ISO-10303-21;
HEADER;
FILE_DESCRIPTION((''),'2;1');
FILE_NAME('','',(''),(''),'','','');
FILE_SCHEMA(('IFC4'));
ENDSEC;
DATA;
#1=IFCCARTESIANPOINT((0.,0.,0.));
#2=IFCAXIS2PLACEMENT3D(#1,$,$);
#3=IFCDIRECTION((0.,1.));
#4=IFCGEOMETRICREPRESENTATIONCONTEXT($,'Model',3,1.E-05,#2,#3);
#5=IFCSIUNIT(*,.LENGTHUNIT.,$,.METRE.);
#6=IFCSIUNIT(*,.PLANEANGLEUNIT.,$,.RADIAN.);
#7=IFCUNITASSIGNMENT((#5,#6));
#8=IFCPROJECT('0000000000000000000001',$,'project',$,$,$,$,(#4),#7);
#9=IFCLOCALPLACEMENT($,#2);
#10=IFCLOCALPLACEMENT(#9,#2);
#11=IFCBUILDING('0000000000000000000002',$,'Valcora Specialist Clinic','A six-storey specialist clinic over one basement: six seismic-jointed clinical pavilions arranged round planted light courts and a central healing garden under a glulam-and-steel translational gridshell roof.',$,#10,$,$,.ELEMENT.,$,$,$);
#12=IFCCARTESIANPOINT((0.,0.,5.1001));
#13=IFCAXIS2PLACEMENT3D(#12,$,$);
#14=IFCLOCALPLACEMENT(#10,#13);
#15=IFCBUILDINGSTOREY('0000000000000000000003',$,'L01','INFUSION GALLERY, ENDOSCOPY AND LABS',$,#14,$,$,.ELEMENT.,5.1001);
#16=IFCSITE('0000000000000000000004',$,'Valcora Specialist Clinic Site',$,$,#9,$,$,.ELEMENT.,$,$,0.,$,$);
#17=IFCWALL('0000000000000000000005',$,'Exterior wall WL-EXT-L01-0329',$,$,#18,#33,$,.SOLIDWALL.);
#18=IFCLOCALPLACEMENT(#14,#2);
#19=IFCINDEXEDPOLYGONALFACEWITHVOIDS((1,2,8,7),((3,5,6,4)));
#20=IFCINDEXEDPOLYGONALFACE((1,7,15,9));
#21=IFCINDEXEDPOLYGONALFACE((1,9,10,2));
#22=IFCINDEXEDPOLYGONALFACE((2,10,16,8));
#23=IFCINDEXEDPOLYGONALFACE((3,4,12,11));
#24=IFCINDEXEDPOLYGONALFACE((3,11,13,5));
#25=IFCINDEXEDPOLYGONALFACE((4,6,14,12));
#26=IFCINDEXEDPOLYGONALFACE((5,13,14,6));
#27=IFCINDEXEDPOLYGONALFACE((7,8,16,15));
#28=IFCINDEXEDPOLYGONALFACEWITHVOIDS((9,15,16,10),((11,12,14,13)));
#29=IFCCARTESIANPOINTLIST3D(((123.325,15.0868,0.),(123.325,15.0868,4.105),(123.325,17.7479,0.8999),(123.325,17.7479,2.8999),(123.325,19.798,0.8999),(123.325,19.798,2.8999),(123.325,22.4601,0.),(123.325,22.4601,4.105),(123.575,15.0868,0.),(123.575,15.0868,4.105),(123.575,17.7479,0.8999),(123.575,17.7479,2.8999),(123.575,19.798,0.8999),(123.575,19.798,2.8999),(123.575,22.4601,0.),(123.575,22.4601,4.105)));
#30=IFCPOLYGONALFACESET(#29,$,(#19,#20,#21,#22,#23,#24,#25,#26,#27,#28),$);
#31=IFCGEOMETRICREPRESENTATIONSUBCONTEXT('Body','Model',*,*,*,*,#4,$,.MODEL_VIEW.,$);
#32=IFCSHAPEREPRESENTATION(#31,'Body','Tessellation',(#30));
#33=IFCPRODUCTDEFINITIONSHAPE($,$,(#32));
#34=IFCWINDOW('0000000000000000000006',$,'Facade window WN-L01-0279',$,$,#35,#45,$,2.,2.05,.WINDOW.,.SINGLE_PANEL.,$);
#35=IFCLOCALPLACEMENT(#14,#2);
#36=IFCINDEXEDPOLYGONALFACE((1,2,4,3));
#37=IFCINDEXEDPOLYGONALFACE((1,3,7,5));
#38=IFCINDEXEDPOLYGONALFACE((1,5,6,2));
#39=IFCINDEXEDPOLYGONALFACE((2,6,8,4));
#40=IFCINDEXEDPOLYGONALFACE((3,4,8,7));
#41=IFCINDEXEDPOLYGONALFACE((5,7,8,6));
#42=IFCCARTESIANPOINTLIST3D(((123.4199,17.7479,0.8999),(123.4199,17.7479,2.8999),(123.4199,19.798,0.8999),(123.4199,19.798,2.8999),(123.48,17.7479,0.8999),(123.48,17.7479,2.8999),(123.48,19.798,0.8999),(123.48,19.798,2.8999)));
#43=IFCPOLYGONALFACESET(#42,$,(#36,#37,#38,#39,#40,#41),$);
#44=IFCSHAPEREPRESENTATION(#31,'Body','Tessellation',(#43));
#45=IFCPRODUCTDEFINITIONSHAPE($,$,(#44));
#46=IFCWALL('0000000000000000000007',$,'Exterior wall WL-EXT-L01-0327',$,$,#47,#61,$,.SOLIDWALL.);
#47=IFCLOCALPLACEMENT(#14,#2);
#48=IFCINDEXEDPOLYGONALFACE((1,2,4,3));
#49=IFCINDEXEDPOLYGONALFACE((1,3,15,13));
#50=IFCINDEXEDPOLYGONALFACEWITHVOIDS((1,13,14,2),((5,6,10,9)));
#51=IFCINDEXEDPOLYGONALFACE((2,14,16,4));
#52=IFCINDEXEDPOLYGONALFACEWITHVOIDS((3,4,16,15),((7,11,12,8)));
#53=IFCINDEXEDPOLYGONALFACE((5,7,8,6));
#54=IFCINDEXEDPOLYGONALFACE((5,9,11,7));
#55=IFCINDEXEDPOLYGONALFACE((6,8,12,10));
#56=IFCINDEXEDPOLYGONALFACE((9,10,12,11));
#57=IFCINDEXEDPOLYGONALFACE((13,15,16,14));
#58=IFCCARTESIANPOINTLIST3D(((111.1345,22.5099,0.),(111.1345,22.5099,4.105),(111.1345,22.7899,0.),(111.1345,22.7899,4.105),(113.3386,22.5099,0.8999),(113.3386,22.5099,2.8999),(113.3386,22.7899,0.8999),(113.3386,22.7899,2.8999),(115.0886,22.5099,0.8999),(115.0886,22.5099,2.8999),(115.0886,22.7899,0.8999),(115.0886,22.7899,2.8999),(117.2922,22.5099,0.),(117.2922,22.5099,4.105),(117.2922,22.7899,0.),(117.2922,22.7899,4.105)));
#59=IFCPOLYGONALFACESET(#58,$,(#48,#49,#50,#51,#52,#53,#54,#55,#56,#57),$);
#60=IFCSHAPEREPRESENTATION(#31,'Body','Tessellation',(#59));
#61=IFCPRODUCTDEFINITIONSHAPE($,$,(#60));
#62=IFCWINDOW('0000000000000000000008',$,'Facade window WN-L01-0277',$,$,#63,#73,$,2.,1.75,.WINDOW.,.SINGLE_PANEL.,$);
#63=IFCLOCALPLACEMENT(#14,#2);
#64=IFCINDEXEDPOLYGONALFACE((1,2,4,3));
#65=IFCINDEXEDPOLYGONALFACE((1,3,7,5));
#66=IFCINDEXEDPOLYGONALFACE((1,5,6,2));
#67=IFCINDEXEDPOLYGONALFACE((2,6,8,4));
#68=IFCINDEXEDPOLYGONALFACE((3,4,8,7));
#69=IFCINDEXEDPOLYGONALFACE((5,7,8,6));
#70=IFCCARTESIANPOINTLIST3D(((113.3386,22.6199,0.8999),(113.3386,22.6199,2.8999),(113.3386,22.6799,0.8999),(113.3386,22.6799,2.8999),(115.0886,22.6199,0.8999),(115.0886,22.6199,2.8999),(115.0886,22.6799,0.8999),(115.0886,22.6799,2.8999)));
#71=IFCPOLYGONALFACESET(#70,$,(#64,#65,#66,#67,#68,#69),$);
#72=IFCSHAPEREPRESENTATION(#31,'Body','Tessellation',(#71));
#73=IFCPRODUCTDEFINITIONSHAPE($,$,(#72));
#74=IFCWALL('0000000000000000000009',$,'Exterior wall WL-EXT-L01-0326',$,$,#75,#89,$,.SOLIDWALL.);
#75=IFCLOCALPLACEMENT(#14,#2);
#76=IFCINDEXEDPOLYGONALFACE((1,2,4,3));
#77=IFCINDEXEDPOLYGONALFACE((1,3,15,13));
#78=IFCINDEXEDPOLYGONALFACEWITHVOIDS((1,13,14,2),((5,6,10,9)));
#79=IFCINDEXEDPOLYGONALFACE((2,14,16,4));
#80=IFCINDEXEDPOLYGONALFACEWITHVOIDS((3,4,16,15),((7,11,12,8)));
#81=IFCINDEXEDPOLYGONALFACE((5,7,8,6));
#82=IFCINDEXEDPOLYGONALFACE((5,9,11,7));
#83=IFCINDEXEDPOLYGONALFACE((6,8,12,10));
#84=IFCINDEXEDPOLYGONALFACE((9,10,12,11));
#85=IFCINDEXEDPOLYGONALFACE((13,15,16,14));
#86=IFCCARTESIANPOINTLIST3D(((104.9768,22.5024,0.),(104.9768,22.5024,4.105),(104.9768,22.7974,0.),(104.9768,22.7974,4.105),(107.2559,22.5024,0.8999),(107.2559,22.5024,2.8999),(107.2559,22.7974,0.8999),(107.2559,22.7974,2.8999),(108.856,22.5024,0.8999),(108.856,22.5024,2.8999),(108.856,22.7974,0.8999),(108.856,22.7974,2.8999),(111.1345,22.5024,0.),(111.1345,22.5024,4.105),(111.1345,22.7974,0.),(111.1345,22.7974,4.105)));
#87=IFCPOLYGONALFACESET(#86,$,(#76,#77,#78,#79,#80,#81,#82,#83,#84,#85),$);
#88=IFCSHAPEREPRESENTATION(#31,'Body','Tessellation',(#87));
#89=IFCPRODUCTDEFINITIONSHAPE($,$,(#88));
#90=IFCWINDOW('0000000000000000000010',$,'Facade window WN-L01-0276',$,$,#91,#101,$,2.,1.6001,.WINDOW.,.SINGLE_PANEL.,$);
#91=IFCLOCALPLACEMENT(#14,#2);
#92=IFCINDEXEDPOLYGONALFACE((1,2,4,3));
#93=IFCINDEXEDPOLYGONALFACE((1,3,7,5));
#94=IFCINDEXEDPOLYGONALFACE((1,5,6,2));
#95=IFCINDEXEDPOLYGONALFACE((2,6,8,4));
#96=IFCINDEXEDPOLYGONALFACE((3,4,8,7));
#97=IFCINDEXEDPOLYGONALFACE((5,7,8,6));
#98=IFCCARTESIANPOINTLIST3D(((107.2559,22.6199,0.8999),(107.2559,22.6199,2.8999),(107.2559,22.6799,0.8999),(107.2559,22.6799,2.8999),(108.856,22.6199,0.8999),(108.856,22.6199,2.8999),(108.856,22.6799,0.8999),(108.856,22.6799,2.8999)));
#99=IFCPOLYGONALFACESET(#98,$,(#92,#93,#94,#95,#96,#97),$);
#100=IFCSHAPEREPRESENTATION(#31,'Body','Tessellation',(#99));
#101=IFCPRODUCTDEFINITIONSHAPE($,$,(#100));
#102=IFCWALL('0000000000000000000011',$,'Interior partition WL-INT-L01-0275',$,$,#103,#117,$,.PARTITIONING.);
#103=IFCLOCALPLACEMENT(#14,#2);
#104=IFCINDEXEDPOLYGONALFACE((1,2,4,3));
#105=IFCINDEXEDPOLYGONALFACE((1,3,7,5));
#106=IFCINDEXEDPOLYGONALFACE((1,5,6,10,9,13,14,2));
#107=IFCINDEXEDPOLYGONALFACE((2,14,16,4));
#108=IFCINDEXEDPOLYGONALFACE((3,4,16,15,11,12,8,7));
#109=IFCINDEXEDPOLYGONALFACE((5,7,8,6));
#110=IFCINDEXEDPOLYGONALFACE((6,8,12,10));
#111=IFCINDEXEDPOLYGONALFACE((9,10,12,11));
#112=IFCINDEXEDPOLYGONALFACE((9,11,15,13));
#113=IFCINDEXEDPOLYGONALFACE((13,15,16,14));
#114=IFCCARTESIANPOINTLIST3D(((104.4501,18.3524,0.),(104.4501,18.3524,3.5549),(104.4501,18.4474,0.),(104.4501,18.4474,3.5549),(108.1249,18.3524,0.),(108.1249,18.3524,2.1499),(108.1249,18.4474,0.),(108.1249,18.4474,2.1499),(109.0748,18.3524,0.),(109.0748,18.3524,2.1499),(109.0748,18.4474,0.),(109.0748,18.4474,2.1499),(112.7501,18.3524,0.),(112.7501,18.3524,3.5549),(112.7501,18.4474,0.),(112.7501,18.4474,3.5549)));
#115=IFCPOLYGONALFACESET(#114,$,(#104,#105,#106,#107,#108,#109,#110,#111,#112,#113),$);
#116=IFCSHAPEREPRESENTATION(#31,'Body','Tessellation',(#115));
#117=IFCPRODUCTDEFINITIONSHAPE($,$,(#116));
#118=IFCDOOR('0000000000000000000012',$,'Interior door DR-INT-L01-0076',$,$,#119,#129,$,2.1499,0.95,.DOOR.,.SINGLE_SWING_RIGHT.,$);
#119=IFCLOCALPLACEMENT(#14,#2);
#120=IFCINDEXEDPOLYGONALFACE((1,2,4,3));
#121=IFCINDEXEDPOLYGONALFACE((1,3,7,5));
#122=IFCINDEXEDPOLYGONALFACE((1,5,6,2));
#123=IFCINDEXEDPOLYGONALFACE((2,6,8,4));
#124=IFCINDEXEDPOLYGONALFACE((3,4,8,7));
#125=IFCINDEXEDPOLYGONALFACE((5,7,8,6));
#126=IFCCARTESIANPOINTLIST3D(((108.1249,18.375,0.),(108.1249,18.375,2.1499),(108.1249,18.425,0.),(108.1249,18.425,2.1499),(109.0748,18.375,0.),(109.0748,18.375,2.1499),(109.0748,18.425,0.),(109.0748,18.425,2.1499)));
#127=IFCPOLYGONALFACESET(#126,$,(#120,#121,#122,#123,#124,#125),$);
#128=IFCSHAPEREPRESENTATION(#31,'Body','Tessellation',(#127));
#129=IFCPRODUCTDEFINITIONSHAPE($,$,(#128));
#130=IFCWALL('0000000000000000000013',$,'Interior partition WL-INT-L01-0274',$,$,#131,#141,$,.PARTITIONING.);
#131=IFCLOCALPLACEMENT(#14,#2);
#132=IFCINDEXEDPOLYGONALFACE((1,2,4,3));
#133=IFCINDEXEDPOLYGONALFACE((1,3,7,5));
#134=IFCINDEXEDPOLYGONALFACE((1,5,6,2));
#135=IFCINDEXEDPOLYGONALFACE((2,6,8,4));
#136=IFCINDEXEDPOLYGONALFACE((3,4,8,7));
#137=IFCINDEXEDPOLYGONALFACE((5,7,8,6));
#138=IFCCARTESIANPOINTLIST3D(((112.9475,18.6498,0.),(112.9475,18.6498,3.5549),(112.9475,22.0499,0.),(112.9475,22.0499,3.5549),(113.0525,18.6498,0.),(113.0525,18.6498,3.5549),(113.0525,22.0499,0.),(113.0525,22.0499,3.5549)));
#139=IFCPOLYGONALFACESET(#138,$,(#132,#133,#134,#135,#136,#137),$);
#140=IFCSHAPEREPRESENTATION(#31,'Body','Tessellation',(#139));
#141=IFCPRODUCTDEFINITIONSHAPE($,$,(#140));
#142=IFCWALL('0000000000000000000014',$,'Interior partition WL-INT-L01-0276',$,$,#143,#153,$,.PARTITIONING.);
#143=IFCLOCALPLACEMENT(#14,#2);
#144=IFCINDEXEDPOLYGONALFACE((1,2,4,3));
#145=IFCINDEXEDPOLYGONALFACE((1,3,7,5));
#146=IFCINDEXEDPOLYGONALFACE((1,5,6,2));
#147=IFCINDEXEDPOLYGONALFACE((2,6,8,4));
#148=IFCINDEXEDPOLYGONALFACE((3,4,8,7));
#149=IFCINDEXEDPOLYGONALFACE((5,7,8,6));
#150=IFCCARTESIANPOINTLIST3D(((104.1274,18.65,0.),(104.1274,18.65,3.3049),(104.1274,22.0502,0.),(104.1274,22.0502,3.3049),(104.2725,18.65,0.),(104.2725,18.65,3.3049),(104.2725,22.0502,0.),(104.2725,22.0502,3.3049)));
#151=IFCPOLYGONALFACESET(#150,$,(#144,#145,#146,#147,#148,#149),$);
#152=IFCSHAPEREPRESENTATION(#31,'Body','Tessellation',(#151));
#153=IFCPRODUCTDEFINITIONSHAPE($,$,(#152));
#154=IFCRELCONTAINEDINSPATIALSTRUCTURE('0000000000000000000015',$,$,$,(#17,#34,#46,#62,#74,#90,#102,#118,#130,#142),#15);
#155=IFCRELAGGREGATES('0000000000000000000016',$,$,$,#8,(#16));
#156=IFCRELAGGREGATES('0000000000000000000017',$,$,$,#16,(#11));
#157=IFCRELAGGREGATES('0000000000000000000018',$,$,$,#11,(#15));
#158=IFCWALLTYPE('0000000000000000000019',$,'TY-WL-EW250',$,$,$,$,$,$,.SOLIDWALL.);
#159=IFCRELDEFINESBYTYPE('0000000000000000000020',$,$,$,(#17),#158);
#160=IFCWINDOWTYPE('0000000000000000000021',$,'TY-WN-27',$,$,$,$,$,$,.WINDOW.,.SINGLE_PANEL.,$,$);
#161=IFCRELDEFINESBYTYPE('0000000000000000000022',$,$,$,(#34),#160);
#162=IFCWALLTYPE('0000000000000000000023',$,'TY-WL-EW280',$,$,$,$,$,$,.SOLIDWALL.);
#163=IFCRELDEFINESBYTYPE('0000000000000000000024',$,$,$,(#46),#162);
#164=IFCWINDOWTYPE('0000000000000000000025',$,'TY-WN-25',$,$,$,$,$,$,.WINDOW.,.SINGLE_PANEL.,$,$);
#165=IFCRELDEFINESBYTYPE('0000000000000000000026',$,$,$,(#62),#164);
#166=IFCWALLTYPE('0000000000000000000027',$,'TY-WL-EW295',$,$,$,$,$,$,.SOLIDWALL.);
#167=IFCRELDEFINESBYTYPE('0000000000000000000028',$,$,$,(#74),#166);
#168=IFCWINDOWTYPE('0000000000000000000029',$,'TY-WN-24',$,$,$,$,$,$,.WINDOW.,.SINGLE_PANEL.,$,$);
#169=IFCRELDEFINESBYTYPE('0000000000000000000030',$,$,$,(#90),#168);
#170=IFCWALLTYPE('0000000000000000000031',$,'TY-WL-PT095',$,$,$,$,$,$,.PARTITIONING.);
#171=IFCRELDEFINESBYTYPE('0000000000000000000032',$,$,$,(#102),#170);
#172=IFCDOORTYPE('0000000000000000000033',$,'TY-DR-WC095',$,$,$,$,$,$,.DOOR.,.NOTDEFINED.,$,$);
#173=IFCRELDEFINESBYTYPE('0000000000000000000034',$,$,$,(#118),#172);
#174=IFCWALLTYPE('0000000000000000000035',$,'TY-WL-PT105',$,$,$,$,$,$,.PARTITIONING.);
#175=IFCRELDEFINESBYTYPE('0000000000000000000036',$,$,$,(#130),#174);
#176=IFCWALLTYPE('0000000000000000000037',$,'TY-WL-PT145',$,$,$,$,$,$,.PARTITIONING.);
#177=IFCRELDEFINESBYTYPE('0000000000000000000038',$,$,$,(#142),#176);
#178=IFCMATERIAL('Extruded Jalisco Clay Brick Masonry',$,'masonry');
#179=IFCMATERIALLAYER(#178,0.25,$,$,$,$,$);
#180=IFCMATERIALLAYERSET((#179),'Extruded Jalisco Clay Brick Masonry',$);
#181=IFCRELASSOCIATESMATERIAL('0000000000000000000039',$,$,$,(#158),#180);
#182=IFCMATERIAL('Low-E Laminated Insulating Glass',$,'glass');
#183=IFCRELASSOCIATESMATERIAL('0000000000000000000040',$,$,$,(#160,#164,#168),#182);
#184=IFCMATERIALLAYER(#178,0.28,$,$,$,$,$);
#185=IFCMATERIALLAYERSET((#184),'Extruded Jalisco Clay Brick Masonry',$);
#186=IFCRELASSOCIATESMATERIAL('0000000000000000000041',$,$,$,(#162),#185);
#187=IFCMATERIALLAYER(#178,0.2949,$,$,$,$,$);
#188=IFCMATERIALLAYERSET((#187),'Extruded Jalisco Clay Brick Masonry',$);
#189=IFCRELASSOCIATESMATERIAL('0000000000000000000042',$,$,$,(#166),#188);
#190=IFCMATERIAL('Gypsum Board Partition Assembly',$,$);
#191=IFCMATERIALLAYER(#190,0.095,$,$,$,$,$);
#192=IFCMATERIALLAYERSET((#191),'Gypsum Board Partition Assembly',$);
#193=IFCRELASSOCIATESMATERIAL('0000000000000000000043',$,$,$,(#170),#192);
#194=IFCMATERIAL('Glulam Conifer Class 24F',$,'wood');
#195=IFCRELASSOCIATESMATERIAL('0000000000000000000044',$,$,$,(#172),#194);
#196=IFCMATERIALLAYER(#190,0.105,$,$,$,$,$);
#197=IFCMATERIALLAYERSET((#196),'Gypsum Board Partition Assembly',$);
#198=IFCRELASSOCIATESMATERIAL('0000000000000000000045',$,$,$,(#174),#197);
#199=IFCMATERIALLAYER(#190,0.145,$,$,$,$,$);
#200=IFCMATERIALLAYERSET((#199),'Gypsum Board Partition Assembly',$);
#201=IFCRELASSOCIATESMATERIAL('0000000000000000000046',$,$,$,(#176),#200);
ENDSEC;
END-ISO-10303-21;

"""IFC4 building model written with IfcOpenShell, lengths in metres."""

from ifc_helpers import new_model, si_unit, direction, frame, frame_2d, origin, place, context, subcontext, project, spatial, rectangle, extrude, material, layer, layer_set, type_object, element, fill, save


model = new_model("IFC4")

# Units and contexts
model_context = context("Model", 3, precision=1e-05, world=origin(), true_north=direction((0.0, 1.0)))
body_context = subcontext(model_context, "Body", "Model", "MODEL_VIEW")
ifc_project = project(units=[si_unit("LENGTHUNIT", "METRE"), si_unit("PLANEANGLEUNIT", "RADIAN")], contexts=[model_context])

# Site, building, storey
site_placement = place(None, origin())
site = spatial("IfcSite", under=ifc_project, at=site_placement, Name="Valcora Specialist Clinic Site", CompositionType="ELEMENT", RefElevation=0.0)
building_placement = place(site_placement, origin())
building = spatial("IfcBuilding", under=site, at=building_placement, Name="Valcora Specialist Clinic", Description="A six-storey specialist clinic over one basement: six seismic-jointed clinical pavilions arranged round planted light courts and a central healing garden under a glulam-and-steel translational gridshell roof.", CompositionType="ELEMENT")
storey_placement = place(building_placement, frame((0.0, 0.0, 5.1001)))
storey = spatial("IfcBuildingStorey", under=building, at=storey_placement, Name="L01", Description="INFUSION GALLERY, ENDOSCOPY AND LABS", CompositionType="ELEMENT", Elevation=5.1001)

# Walls, openings, windows
ifc_material_1 = material(Name="Extruded Jalisco Clay Brick Masonry", Category="masonry")
ifc_layer_1 = layer(ifc_material_1, 0.25)
ifc_layer_set_1 = layer_set([ifc_layer_1], Name="Extruded Jalisco Clay Brick Masonry")
wall_type_1 = type_object("IfcWallType", Name="TY-WL-EW250", PredefinedType="SOLIDWALL", material=ifc_layer_set_1)
wall_1_placement = place(storey_placement, frame((123.45, 22.46, 0.0), z_axis=(0.0, 0.0, 1.0), x_axis=(0.0, -1.0, 0.0)))
wall_1 = element("IfcWall", 1, at=wall_1_placement, inside=storey, type_object=wall_type_1, Name="Exterior wall WL-EXT-L01-0329", PredefinedType="SOLIDWALL", context=body_context, shape_type="SweptSolid", body=[
    extrude(rectangle(XDim=7.3733, YDim=0.25, at=frame_2d((3.6865, 0.0))), origin(), (0.0, 0.0, 1.0), 4.105),
])
opening_1_placement = place(wall_1_placement, frame((2.6621, 0.0, 0.8999)))
opening_1 = element("IfcOpeningElement", 2, at=opening_1_placement, cuts=wall_1, PredefinedType="OPENING", context=body_context, shape_type="SweptSolid", body=[
    extrude(rectangle(XDim=2.05, YDim=2.0, at=frame_2d((1.0249, 1.0))), frame((0.0, 0.135, 0.0), z_axis=(0.0, -1.0, 0.0), x_axis=(1.0, 0.0, 0.0)), (0.0, 0.0, 1.0), 0.27),
])
ifc_material_2 = material(Name="Low-E Laminated Insulating Glass", Category="glass")
window_type_1 = type_object("IfcWindowType", Name="TY-WN-27", PartitioningType="SINGLE_PANEL", PredefinedType="WINDOW", material=ifc_material_2)
window_1_placement = place(opening_1_placement, origin())
window_1 = element("IfcWindow", 3, at=window_1_placement, inside=storey, type_object=window_type_1, Name="Facade window WN-L01-0279", OverallHeight=2.0, OverallWidth=2.05, PartitioningType="SINGLE_PANEL", PredefinedType="WINDOW", context=body_context, shape_type="SweptSolid", body=[
    extrude(rectangle(XDim=2.05, YDim=2.0, at=frame_2d((1.0249, 1.0))), frame((0.0, 0.03, 0.0), z_axis=(0.0, -1.0, 0.0), x_axis=(1.0, 0.0, 0.0)), (0.0, 0.0, 1.0), 0.0601),
])
fill(opening_1, window_1)
ifc_layer_2 = layer(ifc_material_1, 0.28)
ifc_layer_set_2 = layer_set([ifc_layer_2], Name="Extruded Jalisco Clay Brick Masonry")
wall_type_2 = type_object("IfcWallType", Name="TY-WL-EW280", PredefinedType="SOLIDWALL", material=ifc_layer_set_2)
wall_2_placement = place(storey_placement, frame((111.1345, 22.6499, 0.0), z_axis=(0.0, 0.0, 1.0), x_axis=(1.0, 0.0, 0.0)))
wall_2 = element("IfcWall", 4, at=wall_2_placement, inside=storey, type_object=wall_type_2, Name="Exterior wall WL-EXT-L01-0327", PredefinedType="SOLIDWALL", context=body_context, shape_type="SweptSolid", body=[
    extrude(rectangle(XDim=6.1577, YDim=0.28, at=frame_2d((3.0789, 0.0))), origin(), (0.0, 0.0, 1.0), 4.105),
])
opening_2_placement = place(wall_2_placement, frame((2.2041, 0.0, 0.8999)))
opening_2 = element("IfcOpeningElement", 5, at=opening_2_placement, cuts=wall_2, PredefinedType="OPENING", context=body_context, shape_type="SweptSolid", body=[
    extrude(rectangle(XDim=1.75, YDim=2.0, at=frame_2d((0.875, 1.0))), frame((0.0, 0.1499, 0.0), z_axis=(0.0, -1.0, 0.0), x_axis=(1.0, 0.0, 0.0)), (0.0, 0.0, 1.0), 0.3),
])
window_type_2 = type_object("IfcWindowType", Name="TY-WN-25", PartitioningType="SINGLE_PANEL", PredefinedType="WINDOW", material=ifc_material_2)
window_2_placement = place(opening_2_placement, origin())
window_2 = element("IfcWindow", 6, at=window_2_placement, inside=storey, type_object=window_type_2, Name="Facade window WN-L01-0277", OverallHeight=2.0, OverallWidth=1.75, PartitioningType="SINGLE_PANEL", PredefinedType="WINDOW", context=body_context, shape_type="SweptSolid", body=[
    extrude(rectangle(XDim=1.75, YDim=2.0, at=frame_2d((0.875, 1.0))), frame((0.0, 0.03, 0.0), z_axis=(0.0, -1.0, 0.0), x_axis=(1.0, 0.0, 0.0)), (0.0, 0.0, 1.0), 0.0601),
])
fill(opening_2, window_2)
ifc_layer_3 = layer(ifc_material_1, 0.2949)
ifc_layer_set_3 = layer_set([ifc_layer_3], Name="Extruded Jalisco Clay Brick Masonry")
wall_type_3 = type_object("IfcWallType", Name="TY-WL-EW295", PredefinedType="SOLIDWALL", material=ifc_layer_set_3)
wall_3_placement = place(storey_placement, frame((104.9768, 22.6499, 0.0), z_axis=(0.0, 0.0, 1.0), x_axis=(1.0, 0.0, 0.0)))
wall_3 = element("IfcWall", 7, at=wall_3_placement, inside=storey, type_object=wall_type_3, Name="Exterior wall WL-EXT-L01-0326", PredefinedType="SOLIDWALL", context=body_context, shape_type="SweptSolid", body=[
    extrude(rectangle(XDim=6.1577, YDim=0.2949, at=frame_2d((3.0789, 0.0))), origin(), (0.0, 0.0, 1.0), 4.105),
])
opening_3_placement = place(wall_3_placement, frame((2.2791, 0.0, 0.8999)))
opening_3 = element("IfcOpeningElement", 8, at=opening_3_placement, cuts=wall_3, PredefinedType="OPENING", context=body_context, shape_type="SweptSolid", body=[
    extrude(rectangle(XDim=1.6001, YDim=2.0, at=frame_2d((0.8, 1.0))), frame((0.0, 0.1575, 0.0), z_axis=(0.0, -1.0, 0.0), x_axis=(1.0, 0.0, 0.0)), (0.0, 0.0, 1.0), 0.3149),
])
window_type_3 = type_object("IfcWindowType", Name="TY-WN-24", PartitioningType="SINGLE_PANEL", PredefinedType="WINDOW", material=ifc_material_2)
window_3_placement = place(opening_3_placement, origin())
window_3 = element("IfcWindow", 9, at=window_3_placement, inside=storey, type_object=window_type_3, Name="Facade window WN-L01-0276", OverallHeight=2.0, OverallWidth=1.6001, PartitioningType="SINGLE_PANEL", PredefinedType="WINDOW", context=body_context, shape_type="SweptSolid", body=[
    extrude(rectangle(XDim=1.6001, YDim=2.0, at=frame_2d((0.8, 1.0))), frame((0.0, 0.03, 0.0), z_axis=(0.0, -1.0, 0.0), x_axis=(1.0, 0.0, 0.0)), (0.0, 0.0, 1.0), 0.0601),
])
fill(opening_3, window_3)

# Wall, opening, door
ifc_material_3 = material(Name="Gypsum Board Partition Assembly")
ifc_layer_4 = layer(ifc_material_3, 0.095)
ifc_layer_set_4 = layer_set([ifc_layer_4], Name="Gypsum Board Partition Assembly")
wall_type_4 = type_object("IfcWallType", Name="TY-WL-PT095", PredefinedType="PARTITIONING", material=ifc_layer_set_4)
wall_4_placement = place(storey_placement, frame((112.75, 18.3999, 0.0), z_axis=(0.0, 0.0, 1.0), x_axis=(-1.0, 0.0, 0.0)))
wall_4 = element("IfcWall", 10, at=wall_4_placement, inside=storey, type_object=wall_type_4, Name="Interior partition WL-INT-L01-0275", PredefinedType="PARTITIONING", context=body_context, shape_type="SweptSolid", body=[
    extrude(rectangle(XDim=8.3, YDim=0.095, at=frame_2d((4.1499, 0.0))), origin(), (0.0, 0.0, 1.0), 3.5549),
])
opening_4_placement = place(wall_4_placement, frame((3.675, 0.0, 0.0)))
opening_4 = element("IfcOpeningElement", 11, at=opening_4_placement, cuts=wall_4, PredefinedType="OPENING", context=body_context, shape_type="SweptSolid", body=[
    extrude(rectangle(XDim=0.95, YDim=2.1499, at=frame_2d((0.4751, 1.075))), frame((0.0, 0.0574, 0.0), z_axis=(0.0, -1.0, 0.0), x_axis=(1.0, 0.0, 0.0)), (0.0, 0.0, 1.0), 0.115),
])
ifc_material_4 = material(Name="Glulam Conifer Class 24F", Category="wood")
door_type_1 = type_object("IfcDoorType", Name="TY-DR-WC095", OperationType="NOTDEFINED", PredefinedType="DOOR", material=ifc_material_4)
door_1_placement = place(opening_4_placement, origin())
door_1 = element("IfcDoor", 12, at=door_1_placement, inside=storey, type_object=door_type_1, Name="Interior door DR-INT-L01-0076", OperationType="SINGLE_SWING_RIGHT", OverallHeight=2.1499, OverallWidth=0.95, PredefinedType="DOOR", context=body_context, shape_type="SweptSolid", body=[
    extrude(rectangle(XDim=0.95, YDim=2.1499, at=frame_2d((0.4751, 1.075))), frame((0.0, 0.0249, 0.0), z_axis=(0.0, -1.0, 0.0), x_axis=(1.0, 0.0, 0.0)), (0.0, 0.0, 1.0), 0.05),
])
fill(opening_4, door_1)

# Walls
ifc_layer_5 = layer(ifc_material_3, 0.105)
ifc_layer_set_5 = layer_set([ifc_layer_5], Name="Gypsum Board Partition Assembly")
wall_type_5 = type_object("IfcWallType", Name="TY-WL-PT105", PredefinedType="PARTITIONING", material=ifc_layer_set_5)
wall_5_placement = place(storey_placement, frame((113.0, 22.05, 0.0), z_axis=(0.0, 0.0, 1.0), x_axis=(0.0, -1.0, 0.0)))
element("IfcWall", 13, at=wall_5_placement, inside=storey, type_object=wall_type_5, Name="Interior partition WL-INT-L01-0274", PredefinedType="PARTITIONING", context=body_context, shape_type="SweptSolid", body=[
    extrude(rectangle(XDim=3.4001, YDim=0.105, at=frame_2d((1.7002, 0.0))), origin(), (0.0, 0.0, 1.0), 3.5549),
])
ifc_layer_6 = layer(ifc_material_3, 0.145)
ifc_layer_set_6 = layer_set([ifc_layer_6], Name="Gypsum Board Partition Assembly")
wall_type_6 = type_object("IfcWallType", Name="TY-WL-PT145", PredefinedType="PARTITIONING", material=ifc_layer_set_6)
wall_6_placement = place(storey_placement, frame((104.2, 18.6499, 0.0), z_axis=(0.0, 0.0, 1.0), x_axis=(0.0, 1.0, 0.0)))
element("IfcWall", 14, at=wall_6_placement, inside=storey, type_object=wall_type_6, Name="Interior partition WL-INT-L01-0276", PredefinedType="PARTITIONING", context=body_context, shape_type="SweptSolid", body=[
    extrude(rectangle(XDim=3.4001, YDim=0.145, at=frame_2d((1.7002, 0.0))), origin(), (0.0, 0.0, 1.0), 3.3049),
])

save(model, "model.ifc")
